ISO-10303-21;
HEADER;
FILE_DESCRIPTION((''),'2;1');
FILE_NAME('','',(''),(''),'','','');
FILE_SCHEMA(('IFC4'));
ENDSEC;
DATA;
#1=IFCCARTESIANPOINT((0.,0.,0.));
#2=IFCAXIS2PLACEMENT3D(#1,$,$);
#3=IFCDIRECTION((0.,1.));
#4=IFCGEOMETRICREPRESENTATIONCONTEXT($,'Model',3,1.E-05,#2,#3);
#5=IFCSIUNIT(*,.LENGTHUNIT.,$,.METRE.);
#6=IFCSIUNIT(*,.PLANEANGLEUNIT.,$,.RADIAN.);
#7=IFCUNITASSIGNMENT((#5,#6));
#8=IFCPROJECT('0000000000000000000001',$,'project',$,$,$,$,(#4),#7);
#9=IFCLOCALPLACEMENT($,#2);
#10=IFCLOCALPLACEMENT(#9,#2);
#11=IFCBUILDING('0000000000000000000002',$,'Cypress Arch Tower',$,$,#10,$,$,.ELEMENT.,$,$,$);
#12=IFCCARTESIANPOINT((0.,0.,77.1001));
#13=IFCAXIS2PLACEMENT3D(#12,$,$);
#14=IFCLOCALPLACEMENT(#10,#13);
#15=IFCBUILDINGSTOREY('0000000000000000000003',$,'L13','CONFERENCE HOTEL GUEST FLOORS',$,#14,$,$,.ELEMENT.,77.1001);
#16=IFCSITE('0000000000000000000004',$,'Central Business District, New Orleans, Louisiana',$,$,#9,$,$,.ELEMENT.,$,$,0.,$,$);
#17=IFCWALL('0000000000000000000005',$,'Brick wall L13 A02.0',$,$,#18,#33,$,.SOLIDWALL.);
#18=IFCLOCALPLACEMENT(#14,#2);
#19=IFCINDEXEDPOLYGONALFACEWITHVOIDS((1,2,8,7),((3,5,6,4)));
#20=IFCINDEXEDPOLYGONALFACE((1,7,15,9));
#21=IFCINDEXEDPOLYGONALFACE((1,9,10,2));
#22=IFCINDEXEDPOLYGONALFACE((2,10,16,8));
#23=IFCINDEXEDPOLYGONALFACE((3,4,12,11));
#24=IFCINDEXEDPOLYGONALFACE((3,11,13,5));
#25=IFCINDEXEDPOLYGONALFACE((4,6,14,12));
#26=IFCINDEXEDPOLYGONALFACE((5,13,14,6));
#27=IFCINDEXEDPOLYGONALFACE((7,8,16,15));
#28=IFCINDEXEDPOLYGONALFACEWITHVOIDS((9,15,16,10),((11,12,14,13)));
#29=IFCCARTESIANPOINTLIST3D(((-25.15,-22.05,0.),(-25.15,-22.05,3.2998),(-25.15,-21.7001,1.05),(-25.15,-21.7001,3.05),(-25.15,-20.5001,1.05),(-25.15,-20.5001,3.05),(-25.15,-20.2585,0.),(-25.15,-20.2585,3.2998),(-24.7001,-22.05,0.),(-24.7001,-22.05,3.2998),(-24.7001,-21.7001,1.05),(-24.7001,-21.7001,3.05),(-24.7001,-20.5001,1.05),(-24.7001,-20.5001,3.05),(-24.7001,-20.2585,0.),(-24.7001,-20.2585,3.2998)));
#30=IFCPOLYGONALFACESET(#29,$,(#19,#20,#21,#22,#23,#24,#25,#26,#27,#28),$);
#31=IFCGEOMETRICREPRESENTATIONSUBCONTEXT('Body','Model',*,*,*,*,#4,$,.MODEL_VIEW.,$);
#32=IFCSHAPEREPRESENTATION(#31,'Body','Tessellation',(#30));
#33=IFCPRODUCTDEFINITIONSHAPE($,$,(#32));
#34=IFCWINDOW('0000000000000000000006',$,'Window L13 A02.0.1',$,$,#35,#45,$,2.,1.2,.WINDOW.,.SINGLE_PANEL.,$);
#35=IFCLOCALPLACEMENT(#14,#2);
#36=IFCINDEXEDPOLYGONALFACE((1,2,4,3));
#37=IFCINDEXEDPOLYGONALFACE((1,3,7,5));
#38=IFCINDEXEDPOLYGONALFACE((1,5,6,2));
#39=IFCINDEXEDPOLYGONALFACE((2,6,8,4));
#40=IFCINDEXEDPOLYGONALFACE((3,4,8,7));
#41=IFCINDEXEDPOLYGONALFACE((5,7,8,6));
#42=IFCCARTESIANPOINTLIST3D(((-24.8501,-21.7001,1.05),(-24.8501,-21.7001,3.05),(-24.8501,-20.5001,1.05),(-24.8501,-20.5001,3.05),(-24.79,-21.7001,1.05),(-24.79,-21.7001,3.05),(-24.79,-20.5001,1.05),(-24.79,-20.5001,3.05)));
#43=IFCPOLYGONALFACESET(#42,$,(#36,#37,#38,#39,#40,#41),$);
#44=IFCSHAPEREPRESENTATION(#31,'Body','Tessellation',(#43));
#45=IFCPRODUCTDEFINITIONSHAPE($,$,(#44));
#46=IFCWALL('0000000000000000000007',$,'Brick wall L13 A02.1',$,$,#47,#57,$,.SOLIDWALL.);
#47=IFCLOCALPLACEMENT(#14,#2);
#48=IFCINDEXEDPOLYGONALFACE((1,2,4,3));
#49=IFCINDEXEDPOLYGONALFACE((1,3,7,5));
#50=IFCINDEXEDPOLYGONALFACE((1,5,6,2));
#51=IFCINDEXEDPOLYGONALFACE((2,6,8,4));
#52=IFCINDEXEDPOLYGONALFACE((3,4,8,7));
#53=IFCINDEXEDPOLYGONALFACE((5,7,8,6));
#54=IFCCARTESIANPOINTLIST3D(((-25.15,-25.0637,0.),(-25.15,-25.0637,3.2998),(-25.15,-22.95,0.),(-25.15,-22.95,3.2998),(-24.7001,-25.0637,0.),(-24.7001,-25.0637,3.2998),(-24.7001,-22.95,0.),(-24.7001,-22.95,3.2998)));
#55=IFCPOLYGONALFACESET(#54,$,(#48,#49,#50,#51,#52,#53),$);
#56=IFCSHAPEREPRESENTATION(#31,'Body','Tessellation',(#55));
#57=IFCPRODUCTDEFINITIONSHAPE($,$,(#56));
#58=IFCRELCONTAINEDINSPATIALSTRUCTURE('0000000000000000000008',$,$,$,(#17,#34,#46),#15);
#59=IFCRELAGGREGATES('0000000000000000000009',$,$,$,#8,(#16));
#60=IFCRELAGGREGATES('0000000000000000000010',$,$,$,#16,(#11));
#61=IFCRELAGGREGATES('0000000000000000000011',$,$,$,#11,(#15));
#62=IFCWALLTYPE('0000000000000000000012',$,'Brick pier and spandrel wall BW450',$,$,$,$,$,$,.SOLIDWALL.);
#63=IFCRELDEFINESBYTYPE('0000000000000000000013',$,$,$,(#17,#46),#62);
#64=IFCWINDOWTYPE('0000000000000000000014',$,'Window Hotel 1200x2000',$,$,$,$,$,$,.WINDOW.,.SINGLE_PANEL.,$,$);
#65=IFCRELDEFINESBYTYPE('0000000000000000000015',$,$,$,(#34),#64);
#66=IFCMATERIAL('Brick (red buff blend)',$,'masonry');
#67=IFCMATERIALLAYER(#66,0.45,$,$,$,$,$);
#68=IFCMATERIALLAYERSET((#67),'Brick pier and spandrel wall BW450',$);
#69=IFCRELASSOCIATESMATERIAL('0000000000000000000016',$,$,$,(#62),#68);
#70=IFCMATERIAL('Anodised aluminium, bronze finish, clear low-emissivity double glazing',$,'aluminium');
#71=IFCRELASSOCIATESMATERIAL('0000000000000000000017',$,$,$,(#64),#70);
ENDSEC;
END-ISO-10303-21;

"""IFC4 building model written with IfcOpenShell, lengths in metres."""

from ifc_helpers import new_model, si_unit, direction, frame, frame_2d, origin, place, context, subcontext, project, spatial, rectangle, extrude, material, layer, layer_set, type_object, element, fill, save


model = new_model("IFC4")

# Units and contexts
model_context = context("Model", 3, precision=1e-05, world=origin(), true_north=direction((0.0, 1.0)))
body_context = subcontext(model_context, "Body", "Model", "MODEL_VIEW")
ifc_project = project(units=[si_unit("LENGTHUNIT", "METRE"), si_unit("PLANEANGLEUNIT", "RADIAN")], contexts=[model_context])

# Site, building, storey
site_placement = place(None, origin())
site = spatial("IfcSite", under=ifc_project, at=site_placement, Name="Central Business District, New Orleans, Louisiana", CompositionType="ELEMENT", RefElevation=0.0)
building_placement = place(site_placement, origin())
building = spatial("IfcBuilding", under=site, at=building_placement, Name="Cypress Arch Tower", CompositionType="ELEMENT")
storey_placement = place(building_placement, frame((0.0, 0.0, 77.1001)))
storey = spatial("IfcBuildingStorey", under=building, at=storey_placement, Name="L13", Description="CONFERENCE HOTEL GUEST FLOORS", CompositionType="ELEMENT", Elevation=77.1001)

# Wall, opening, window
ifc_material_1 = material(Name="Brick (red buff blend)", Category="masonry")
ifc_layer_1 = layer(ifc_material_1, 0.45)
ifc_layer_set_1 = layer_set([ifc_layer_1], Name="Brick pier and spandrel wall BW450")
wall_type_1 = type_object("IfcWallType", Name="Brick pier and spandrel wall BW450", PredefinedType="SOLIDWALL", material=ifc_layer_set_1)
wall_1_placement = place(storey_placement, frame((-24.925, -20.2585, 0.0), z_axis=(0.0, 0.0, 1.0), x_axis=(0.0, -1.0, 0.0)))
wall_1 = element("IfcWall", 1, at=wall_1_placement, inside=storey, type_object=wall_type_1, Name="Brick wall L13 A02.0", PredefinedType="SOLIDWALL", context=body_context, shape_type="SweptSolid", body=[
    extrude(rectangle(XDim=1.7915, YDim=0.45, at=frame_2d((0.8958, 0.0))), origin(), (0.0, 0.0, 1.0), 3.2998),
])
opening_1_placement = place(wall_1_placement, frame((0.2415, 0.0, 1.05)))
opening_1 = element("IfcOpeningElement", 2, at=opening_1_placement, cuts=wall_1, PredefinedType="OPENING", context=body_context, shape_type="SweptSolid", body=[
    extrude(rectangle(XDim=1.2, YDim=2.0, at=frame_2d((0.6001, 1.0))), frame((0.0, 0.2349, 0.0), z_axis=(0.0, -1.0, 0.0), x_axis=(1.0, 0.0, 0.0)), (0.0, 0.0, 1.0), 0.47),
])
ifc_material_2 = material(Name="Anodised aluminium, bronze finish, clear low-emissivity double glazing", Category="aluminium")
window_type_1 = type_object("IfcWindowType", Name="Window Hotel 1200x2000", PartitioningType="SINGLE_PANEL", PredefinedType="WINDOW", material=ifc_material_2)
window_1_placement = place(opening_1_placement, origin())
window_1 = element("IfcWindow", 3, at=window_1_placement, inside=storey, type_object=window_type_1, Name="Window L13 A02.0.1", OverallHeight=2.0, OverallWidth=1.2, PartitioningType="SINGLE_PANEL", PredefinedType="WINDOW", context=body_context, shape_type="SweptSolid", body=[
    extrude(rectangle(XDim=1.2, YDim=2.0, at=frame_2d((0.6001, 1.0))), frame((0.0, 0.135, 0.0), z_axis=(0.0, -1.0, 0.0), x_axis=(1.0, 0.0, 0.0)), (0.0, 0.0, 1.0), 0.0601),
])
fill(opening_1, window_1)

# Wall
wall_2_placement = place(storey_placement, frame((-24.925, -22.95, 0.0), z_axis=(0.0, 0.0, 1.0), x_axis=(0.0, -1.0, 0.0)))
element("IfcWall", 4, at=wall_2_placement, inside=storey, type_object=wall_type_1, Name="Brick wall L13 A02.1", PredefinedType="SOLIDWALL", context=body_context, shape_type="SweptSolid", body=[
    extrude(rectangle(XDim=2.1138, YDim=0.45, at=frame_2d((1.0569, 0.0))), origin(), (0.0, 0.0, 1.0), 3.2998),
])

save(model, "model.ifc")
